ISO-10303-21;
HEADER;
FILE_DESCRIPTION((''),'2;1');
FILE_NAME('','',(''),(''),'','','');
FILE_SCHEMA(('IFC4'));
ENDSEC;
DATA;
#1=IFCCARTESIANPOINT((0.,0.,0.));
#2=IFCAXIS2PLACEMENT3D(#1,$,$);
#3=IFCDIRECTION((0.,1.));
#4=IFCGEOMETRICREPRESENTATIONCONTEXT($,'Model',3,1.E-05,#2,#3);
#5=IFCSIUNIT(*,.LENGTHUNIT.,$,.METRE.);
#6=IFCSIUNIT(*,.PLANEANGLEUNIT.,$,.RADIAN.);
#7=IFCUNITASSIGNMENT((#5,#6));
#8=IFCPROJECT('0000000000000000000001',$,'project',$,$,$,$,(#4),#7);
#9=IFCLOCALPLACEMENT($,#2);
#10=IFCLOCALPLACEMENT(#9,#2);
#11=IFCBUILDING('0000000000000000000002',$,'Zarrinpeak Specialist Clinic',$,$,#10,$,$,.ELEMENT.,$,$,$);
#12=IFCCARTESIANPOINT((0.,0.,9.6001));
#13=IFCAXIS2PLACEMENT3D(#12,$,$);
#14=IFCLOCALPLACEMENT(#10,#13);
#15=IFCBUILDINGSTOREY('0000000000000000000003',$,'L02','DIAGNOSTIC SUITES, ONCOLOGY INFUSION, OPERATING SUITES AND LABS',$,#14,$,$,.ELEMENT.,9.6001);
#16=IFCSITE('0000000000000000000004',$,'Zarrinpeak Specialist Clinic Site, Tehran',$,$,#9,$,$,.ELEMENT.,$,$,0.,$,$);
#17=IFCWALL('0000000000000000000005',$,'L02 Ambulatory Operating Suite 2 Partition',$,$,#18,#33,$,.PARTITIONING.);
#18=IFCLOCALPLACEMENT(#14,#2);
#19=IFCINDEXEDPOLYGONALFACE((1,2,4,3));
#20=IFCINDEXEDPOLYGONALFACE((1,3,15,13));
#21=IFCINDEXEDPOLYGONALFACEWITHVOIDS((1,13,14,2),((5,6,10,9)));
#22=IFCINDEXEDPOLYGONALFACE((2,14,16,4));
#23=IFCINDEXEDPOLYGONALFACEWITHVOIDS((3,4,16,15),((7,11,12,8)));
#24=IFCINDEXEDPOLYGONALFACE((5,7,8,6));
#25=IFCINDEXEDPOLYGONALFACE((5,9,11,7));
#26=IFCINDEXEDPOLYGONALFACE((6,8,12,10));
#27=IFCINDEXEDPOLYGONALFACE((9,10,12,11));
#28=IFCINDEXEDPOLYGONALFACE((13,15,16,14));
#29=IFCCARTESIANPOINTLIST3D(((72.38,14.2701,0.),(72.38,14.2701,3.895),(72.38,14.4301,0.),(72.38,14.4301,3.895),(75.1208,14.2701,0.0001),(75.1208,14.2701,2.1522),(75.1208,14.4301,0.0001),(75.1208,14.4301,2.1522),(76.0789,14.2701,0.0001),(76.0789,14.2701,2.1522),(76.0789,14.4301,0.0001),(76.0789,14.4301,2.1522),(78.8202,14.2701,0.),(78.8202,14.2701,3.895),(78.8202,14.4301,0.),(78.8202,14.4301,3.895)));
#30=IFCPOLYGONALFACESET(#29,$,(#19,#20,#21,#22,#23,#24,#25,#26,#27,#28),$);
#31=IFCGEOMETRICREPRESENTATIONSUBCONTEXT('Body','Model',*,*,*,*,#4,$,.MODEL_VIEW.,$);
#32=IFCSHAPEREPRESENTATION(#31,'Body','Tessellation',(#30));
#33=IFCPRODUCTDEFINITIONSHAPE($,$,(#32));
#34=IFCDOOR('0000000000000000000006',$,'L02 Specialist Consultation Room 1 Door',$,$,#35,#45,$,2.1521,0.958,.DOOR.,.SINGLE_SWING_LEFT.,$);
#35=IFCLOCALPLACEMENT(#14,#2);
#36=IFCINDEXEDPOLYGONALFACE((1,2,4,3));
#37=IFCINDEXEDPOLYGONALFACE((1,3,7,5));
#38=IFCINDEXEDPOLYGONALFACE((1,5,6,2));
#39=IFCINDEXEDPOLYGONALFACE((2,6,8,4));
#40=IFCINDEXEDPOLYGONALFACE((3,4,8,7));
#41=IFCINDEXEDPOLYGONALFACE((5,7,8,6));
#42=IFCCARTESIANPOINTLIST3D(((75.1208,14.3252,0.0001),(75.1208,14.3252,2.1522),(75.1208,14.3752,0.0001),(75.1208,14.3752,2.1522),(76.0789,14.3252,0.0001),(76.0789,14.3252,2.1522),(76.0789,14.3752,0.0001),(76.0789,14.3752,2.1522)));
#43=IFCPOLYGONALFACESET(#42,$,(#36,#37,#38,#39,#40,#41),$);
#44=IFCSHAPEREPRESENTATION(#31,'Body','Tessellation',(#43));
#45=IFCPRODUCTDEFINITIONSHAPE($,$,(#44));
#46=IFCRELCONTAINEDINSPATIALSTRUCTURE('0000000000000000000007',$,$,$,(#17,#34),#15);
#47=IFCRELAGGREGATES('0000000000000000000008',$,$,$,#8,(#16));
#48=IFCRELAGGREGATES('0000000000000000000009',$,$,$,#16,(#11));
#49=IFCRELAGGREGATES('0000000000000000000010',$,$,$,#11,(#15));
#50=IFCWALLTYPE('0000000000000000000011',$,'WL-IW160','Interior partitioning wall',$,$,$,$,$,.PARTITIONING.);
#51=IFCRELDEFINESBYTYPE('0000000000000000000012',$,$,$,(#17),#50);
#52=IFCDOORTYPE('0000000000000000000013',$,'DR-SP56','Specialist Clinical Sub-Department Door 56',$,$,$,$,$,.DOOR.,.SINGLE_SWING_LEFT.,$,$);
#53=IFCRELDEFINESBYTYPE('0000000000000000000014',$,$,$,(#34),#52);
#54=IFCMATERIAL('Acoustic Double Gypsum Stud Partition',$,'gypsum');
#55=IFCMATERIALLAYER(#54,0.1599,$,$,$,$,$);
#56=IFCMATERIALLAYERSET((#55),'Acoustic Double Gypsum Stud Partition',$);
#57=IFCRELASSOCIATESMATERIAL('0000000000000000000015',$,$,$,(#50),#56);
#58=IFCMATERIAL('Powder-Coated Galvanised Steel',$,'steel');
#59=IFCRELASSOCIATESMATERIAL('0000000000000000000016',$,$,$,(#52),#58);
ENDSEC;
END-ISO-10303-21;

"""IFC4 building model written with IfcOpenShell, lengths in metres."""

from ifc_helpers import new_model, si_unit, direction, frame, frame_2d, origin, place, context, subcontext, project, spatial, rectangle, extrude, material, layer, layer_set, type_object, element, fill, save


model = new_model("IFC4")

# Units and contexts
model_context = context("Model", 3, precision=1e-05, world=origin(), true_north=direction((0.0, 1.0)))
body_context = subcontext(model_context, "Body", "Model", "MODEL_VIEW")
ifc_project = project(units=[si_unit("LENGTHUNIT", "METRE"), si_unit("PLANEANGLEUNIT", "RADIAN")], contexts=[model_context])

# Site, building, storey
site_placement = place(None, origin())
site = spatial("IfcSite", under=ifc_project, at=site_placement, Name="Zarrinpeak Specialist Clinic Site, Tehran", CompositionType="ELEMENT", RefElevation=0.0)
building_placement = place(site_placement, origin())
building = spatial("IfcBuilding", under=site, at=building_placement, Name="Zarrinpeak Specialist Clinic", CompositionType="ELEMENT")
storey_placement = place(building_placement, frame((0.0, 0.0, 9.6001)))
storey = spatial("IfcBuildingStorey", under=building, at=storey_placement, Name="L02", Description="DIAGNOSTIC SUITES, ONCOLOGY INFUSION, OPERATING SUITES AND LABS", CompositionType="ELEMENT", Elevation=9.6001)

# Shared definitions
ifc_material_1 = material(Name="Powder-Coated Galvanised Steel", Category="steel")

# Wall, opening, door
ifc_material_2 = material(Name="Acoustic Double Gypsum Stud Partition", Category="gypsum")
ifc_layer_1 = layer(ifc_material_2, 0.1599)
ifc_layer_set_1 = layer_set([ifc_layer_1], Name="Acoustic Double Gypsum Stud Partition")
wall_type_1 = type_object("IfcWallType", Name="WL-IW160", Description="Interior partitioning wall", PredefinedType="PARTITIONING", material=ifc_layer_set_1)
wall_1_placement = place(storey_placement, frame((72.3799, 14.3501, 0.0), z_axis=(0.0, 0.0, 1.0), x_axis=(1.0, 0.0, 0.0)))
wall_1 = element("IfcWall", 1, at=wall_1_placement, inside=storey, type_object=wall_type_1, Name="L02 Ambulatory Operating Suite 2 Partition", PredefinedType="PARTITIONING", context=body_context, shape_type="SweptSolid", body=[
    extrude(rectangle(XDim=6.4402, YDim=0.1599, at=frame_2d((3.2202, 0.0))), origin(), (0.0, 0.0, 1.0), 3.895),
])
opening_1_placement = place(wall_1_placement, frame((2.741, 0.0, 0.0)))
opening_1 = element("IfcOpeningElement", 2, at=opening_1_placement, cuts=wall_1, PredefinedType="OPENING", context=body_context, shape_type="SweptSolid", body=[
    extrude(rectangle(XDim=0.958, YDim=2.1521, at=frame_2d((0.479, 1.0762))), frame((0.0, 0.0898, 0.0), z_axis=(0.0, -1.0, 0.0), x_axis=(1.0, 0.0, 0.0)), (0.0, 0.0, 1.0), 0.1799),
])
door_type_1 = type_object("IfcDoorType", Name="DR-SP56", Description="Specialist Clinical Sub-Department Door 56", OperationType="SINGLE_SWING_LEFT", PredefinedType="DOOR", material=ifc_material_1)
door_1_placement = place(opening_1_placement, frame((0.958, 0.0, 0.0), z_axis=(0.0, 0.0, 1.0), x_axis=(-1.0, 0.0, 0.0)))
door_1 = element("IfcDoor", 3, at=door_1_placement, inside=storey, type_object=door_type_1, Name="L02 Specialist Consultation Room 1 Door", OperationType="SINGLE_SWING_LEFT", OverallHeight=2.1521, OverallWidth=0.958, PredefinedType="DOOR", context=body_context, shape_type="SweptSolid", body=[
    extrude(rectangle(XDim=0.958, YDim=2.1521, at=frame_2d((0.479, 1.0762))), frame((0.0, 0.0249, 0.0), z_axis=(0.0, -1.0, 0.0), x_axis=(1.0, 0.0, 0.0)), (0.0, 0.0, 1.0), 0.05),
])
fill(opening_1, door_1)

save(model, "model.ifc")
